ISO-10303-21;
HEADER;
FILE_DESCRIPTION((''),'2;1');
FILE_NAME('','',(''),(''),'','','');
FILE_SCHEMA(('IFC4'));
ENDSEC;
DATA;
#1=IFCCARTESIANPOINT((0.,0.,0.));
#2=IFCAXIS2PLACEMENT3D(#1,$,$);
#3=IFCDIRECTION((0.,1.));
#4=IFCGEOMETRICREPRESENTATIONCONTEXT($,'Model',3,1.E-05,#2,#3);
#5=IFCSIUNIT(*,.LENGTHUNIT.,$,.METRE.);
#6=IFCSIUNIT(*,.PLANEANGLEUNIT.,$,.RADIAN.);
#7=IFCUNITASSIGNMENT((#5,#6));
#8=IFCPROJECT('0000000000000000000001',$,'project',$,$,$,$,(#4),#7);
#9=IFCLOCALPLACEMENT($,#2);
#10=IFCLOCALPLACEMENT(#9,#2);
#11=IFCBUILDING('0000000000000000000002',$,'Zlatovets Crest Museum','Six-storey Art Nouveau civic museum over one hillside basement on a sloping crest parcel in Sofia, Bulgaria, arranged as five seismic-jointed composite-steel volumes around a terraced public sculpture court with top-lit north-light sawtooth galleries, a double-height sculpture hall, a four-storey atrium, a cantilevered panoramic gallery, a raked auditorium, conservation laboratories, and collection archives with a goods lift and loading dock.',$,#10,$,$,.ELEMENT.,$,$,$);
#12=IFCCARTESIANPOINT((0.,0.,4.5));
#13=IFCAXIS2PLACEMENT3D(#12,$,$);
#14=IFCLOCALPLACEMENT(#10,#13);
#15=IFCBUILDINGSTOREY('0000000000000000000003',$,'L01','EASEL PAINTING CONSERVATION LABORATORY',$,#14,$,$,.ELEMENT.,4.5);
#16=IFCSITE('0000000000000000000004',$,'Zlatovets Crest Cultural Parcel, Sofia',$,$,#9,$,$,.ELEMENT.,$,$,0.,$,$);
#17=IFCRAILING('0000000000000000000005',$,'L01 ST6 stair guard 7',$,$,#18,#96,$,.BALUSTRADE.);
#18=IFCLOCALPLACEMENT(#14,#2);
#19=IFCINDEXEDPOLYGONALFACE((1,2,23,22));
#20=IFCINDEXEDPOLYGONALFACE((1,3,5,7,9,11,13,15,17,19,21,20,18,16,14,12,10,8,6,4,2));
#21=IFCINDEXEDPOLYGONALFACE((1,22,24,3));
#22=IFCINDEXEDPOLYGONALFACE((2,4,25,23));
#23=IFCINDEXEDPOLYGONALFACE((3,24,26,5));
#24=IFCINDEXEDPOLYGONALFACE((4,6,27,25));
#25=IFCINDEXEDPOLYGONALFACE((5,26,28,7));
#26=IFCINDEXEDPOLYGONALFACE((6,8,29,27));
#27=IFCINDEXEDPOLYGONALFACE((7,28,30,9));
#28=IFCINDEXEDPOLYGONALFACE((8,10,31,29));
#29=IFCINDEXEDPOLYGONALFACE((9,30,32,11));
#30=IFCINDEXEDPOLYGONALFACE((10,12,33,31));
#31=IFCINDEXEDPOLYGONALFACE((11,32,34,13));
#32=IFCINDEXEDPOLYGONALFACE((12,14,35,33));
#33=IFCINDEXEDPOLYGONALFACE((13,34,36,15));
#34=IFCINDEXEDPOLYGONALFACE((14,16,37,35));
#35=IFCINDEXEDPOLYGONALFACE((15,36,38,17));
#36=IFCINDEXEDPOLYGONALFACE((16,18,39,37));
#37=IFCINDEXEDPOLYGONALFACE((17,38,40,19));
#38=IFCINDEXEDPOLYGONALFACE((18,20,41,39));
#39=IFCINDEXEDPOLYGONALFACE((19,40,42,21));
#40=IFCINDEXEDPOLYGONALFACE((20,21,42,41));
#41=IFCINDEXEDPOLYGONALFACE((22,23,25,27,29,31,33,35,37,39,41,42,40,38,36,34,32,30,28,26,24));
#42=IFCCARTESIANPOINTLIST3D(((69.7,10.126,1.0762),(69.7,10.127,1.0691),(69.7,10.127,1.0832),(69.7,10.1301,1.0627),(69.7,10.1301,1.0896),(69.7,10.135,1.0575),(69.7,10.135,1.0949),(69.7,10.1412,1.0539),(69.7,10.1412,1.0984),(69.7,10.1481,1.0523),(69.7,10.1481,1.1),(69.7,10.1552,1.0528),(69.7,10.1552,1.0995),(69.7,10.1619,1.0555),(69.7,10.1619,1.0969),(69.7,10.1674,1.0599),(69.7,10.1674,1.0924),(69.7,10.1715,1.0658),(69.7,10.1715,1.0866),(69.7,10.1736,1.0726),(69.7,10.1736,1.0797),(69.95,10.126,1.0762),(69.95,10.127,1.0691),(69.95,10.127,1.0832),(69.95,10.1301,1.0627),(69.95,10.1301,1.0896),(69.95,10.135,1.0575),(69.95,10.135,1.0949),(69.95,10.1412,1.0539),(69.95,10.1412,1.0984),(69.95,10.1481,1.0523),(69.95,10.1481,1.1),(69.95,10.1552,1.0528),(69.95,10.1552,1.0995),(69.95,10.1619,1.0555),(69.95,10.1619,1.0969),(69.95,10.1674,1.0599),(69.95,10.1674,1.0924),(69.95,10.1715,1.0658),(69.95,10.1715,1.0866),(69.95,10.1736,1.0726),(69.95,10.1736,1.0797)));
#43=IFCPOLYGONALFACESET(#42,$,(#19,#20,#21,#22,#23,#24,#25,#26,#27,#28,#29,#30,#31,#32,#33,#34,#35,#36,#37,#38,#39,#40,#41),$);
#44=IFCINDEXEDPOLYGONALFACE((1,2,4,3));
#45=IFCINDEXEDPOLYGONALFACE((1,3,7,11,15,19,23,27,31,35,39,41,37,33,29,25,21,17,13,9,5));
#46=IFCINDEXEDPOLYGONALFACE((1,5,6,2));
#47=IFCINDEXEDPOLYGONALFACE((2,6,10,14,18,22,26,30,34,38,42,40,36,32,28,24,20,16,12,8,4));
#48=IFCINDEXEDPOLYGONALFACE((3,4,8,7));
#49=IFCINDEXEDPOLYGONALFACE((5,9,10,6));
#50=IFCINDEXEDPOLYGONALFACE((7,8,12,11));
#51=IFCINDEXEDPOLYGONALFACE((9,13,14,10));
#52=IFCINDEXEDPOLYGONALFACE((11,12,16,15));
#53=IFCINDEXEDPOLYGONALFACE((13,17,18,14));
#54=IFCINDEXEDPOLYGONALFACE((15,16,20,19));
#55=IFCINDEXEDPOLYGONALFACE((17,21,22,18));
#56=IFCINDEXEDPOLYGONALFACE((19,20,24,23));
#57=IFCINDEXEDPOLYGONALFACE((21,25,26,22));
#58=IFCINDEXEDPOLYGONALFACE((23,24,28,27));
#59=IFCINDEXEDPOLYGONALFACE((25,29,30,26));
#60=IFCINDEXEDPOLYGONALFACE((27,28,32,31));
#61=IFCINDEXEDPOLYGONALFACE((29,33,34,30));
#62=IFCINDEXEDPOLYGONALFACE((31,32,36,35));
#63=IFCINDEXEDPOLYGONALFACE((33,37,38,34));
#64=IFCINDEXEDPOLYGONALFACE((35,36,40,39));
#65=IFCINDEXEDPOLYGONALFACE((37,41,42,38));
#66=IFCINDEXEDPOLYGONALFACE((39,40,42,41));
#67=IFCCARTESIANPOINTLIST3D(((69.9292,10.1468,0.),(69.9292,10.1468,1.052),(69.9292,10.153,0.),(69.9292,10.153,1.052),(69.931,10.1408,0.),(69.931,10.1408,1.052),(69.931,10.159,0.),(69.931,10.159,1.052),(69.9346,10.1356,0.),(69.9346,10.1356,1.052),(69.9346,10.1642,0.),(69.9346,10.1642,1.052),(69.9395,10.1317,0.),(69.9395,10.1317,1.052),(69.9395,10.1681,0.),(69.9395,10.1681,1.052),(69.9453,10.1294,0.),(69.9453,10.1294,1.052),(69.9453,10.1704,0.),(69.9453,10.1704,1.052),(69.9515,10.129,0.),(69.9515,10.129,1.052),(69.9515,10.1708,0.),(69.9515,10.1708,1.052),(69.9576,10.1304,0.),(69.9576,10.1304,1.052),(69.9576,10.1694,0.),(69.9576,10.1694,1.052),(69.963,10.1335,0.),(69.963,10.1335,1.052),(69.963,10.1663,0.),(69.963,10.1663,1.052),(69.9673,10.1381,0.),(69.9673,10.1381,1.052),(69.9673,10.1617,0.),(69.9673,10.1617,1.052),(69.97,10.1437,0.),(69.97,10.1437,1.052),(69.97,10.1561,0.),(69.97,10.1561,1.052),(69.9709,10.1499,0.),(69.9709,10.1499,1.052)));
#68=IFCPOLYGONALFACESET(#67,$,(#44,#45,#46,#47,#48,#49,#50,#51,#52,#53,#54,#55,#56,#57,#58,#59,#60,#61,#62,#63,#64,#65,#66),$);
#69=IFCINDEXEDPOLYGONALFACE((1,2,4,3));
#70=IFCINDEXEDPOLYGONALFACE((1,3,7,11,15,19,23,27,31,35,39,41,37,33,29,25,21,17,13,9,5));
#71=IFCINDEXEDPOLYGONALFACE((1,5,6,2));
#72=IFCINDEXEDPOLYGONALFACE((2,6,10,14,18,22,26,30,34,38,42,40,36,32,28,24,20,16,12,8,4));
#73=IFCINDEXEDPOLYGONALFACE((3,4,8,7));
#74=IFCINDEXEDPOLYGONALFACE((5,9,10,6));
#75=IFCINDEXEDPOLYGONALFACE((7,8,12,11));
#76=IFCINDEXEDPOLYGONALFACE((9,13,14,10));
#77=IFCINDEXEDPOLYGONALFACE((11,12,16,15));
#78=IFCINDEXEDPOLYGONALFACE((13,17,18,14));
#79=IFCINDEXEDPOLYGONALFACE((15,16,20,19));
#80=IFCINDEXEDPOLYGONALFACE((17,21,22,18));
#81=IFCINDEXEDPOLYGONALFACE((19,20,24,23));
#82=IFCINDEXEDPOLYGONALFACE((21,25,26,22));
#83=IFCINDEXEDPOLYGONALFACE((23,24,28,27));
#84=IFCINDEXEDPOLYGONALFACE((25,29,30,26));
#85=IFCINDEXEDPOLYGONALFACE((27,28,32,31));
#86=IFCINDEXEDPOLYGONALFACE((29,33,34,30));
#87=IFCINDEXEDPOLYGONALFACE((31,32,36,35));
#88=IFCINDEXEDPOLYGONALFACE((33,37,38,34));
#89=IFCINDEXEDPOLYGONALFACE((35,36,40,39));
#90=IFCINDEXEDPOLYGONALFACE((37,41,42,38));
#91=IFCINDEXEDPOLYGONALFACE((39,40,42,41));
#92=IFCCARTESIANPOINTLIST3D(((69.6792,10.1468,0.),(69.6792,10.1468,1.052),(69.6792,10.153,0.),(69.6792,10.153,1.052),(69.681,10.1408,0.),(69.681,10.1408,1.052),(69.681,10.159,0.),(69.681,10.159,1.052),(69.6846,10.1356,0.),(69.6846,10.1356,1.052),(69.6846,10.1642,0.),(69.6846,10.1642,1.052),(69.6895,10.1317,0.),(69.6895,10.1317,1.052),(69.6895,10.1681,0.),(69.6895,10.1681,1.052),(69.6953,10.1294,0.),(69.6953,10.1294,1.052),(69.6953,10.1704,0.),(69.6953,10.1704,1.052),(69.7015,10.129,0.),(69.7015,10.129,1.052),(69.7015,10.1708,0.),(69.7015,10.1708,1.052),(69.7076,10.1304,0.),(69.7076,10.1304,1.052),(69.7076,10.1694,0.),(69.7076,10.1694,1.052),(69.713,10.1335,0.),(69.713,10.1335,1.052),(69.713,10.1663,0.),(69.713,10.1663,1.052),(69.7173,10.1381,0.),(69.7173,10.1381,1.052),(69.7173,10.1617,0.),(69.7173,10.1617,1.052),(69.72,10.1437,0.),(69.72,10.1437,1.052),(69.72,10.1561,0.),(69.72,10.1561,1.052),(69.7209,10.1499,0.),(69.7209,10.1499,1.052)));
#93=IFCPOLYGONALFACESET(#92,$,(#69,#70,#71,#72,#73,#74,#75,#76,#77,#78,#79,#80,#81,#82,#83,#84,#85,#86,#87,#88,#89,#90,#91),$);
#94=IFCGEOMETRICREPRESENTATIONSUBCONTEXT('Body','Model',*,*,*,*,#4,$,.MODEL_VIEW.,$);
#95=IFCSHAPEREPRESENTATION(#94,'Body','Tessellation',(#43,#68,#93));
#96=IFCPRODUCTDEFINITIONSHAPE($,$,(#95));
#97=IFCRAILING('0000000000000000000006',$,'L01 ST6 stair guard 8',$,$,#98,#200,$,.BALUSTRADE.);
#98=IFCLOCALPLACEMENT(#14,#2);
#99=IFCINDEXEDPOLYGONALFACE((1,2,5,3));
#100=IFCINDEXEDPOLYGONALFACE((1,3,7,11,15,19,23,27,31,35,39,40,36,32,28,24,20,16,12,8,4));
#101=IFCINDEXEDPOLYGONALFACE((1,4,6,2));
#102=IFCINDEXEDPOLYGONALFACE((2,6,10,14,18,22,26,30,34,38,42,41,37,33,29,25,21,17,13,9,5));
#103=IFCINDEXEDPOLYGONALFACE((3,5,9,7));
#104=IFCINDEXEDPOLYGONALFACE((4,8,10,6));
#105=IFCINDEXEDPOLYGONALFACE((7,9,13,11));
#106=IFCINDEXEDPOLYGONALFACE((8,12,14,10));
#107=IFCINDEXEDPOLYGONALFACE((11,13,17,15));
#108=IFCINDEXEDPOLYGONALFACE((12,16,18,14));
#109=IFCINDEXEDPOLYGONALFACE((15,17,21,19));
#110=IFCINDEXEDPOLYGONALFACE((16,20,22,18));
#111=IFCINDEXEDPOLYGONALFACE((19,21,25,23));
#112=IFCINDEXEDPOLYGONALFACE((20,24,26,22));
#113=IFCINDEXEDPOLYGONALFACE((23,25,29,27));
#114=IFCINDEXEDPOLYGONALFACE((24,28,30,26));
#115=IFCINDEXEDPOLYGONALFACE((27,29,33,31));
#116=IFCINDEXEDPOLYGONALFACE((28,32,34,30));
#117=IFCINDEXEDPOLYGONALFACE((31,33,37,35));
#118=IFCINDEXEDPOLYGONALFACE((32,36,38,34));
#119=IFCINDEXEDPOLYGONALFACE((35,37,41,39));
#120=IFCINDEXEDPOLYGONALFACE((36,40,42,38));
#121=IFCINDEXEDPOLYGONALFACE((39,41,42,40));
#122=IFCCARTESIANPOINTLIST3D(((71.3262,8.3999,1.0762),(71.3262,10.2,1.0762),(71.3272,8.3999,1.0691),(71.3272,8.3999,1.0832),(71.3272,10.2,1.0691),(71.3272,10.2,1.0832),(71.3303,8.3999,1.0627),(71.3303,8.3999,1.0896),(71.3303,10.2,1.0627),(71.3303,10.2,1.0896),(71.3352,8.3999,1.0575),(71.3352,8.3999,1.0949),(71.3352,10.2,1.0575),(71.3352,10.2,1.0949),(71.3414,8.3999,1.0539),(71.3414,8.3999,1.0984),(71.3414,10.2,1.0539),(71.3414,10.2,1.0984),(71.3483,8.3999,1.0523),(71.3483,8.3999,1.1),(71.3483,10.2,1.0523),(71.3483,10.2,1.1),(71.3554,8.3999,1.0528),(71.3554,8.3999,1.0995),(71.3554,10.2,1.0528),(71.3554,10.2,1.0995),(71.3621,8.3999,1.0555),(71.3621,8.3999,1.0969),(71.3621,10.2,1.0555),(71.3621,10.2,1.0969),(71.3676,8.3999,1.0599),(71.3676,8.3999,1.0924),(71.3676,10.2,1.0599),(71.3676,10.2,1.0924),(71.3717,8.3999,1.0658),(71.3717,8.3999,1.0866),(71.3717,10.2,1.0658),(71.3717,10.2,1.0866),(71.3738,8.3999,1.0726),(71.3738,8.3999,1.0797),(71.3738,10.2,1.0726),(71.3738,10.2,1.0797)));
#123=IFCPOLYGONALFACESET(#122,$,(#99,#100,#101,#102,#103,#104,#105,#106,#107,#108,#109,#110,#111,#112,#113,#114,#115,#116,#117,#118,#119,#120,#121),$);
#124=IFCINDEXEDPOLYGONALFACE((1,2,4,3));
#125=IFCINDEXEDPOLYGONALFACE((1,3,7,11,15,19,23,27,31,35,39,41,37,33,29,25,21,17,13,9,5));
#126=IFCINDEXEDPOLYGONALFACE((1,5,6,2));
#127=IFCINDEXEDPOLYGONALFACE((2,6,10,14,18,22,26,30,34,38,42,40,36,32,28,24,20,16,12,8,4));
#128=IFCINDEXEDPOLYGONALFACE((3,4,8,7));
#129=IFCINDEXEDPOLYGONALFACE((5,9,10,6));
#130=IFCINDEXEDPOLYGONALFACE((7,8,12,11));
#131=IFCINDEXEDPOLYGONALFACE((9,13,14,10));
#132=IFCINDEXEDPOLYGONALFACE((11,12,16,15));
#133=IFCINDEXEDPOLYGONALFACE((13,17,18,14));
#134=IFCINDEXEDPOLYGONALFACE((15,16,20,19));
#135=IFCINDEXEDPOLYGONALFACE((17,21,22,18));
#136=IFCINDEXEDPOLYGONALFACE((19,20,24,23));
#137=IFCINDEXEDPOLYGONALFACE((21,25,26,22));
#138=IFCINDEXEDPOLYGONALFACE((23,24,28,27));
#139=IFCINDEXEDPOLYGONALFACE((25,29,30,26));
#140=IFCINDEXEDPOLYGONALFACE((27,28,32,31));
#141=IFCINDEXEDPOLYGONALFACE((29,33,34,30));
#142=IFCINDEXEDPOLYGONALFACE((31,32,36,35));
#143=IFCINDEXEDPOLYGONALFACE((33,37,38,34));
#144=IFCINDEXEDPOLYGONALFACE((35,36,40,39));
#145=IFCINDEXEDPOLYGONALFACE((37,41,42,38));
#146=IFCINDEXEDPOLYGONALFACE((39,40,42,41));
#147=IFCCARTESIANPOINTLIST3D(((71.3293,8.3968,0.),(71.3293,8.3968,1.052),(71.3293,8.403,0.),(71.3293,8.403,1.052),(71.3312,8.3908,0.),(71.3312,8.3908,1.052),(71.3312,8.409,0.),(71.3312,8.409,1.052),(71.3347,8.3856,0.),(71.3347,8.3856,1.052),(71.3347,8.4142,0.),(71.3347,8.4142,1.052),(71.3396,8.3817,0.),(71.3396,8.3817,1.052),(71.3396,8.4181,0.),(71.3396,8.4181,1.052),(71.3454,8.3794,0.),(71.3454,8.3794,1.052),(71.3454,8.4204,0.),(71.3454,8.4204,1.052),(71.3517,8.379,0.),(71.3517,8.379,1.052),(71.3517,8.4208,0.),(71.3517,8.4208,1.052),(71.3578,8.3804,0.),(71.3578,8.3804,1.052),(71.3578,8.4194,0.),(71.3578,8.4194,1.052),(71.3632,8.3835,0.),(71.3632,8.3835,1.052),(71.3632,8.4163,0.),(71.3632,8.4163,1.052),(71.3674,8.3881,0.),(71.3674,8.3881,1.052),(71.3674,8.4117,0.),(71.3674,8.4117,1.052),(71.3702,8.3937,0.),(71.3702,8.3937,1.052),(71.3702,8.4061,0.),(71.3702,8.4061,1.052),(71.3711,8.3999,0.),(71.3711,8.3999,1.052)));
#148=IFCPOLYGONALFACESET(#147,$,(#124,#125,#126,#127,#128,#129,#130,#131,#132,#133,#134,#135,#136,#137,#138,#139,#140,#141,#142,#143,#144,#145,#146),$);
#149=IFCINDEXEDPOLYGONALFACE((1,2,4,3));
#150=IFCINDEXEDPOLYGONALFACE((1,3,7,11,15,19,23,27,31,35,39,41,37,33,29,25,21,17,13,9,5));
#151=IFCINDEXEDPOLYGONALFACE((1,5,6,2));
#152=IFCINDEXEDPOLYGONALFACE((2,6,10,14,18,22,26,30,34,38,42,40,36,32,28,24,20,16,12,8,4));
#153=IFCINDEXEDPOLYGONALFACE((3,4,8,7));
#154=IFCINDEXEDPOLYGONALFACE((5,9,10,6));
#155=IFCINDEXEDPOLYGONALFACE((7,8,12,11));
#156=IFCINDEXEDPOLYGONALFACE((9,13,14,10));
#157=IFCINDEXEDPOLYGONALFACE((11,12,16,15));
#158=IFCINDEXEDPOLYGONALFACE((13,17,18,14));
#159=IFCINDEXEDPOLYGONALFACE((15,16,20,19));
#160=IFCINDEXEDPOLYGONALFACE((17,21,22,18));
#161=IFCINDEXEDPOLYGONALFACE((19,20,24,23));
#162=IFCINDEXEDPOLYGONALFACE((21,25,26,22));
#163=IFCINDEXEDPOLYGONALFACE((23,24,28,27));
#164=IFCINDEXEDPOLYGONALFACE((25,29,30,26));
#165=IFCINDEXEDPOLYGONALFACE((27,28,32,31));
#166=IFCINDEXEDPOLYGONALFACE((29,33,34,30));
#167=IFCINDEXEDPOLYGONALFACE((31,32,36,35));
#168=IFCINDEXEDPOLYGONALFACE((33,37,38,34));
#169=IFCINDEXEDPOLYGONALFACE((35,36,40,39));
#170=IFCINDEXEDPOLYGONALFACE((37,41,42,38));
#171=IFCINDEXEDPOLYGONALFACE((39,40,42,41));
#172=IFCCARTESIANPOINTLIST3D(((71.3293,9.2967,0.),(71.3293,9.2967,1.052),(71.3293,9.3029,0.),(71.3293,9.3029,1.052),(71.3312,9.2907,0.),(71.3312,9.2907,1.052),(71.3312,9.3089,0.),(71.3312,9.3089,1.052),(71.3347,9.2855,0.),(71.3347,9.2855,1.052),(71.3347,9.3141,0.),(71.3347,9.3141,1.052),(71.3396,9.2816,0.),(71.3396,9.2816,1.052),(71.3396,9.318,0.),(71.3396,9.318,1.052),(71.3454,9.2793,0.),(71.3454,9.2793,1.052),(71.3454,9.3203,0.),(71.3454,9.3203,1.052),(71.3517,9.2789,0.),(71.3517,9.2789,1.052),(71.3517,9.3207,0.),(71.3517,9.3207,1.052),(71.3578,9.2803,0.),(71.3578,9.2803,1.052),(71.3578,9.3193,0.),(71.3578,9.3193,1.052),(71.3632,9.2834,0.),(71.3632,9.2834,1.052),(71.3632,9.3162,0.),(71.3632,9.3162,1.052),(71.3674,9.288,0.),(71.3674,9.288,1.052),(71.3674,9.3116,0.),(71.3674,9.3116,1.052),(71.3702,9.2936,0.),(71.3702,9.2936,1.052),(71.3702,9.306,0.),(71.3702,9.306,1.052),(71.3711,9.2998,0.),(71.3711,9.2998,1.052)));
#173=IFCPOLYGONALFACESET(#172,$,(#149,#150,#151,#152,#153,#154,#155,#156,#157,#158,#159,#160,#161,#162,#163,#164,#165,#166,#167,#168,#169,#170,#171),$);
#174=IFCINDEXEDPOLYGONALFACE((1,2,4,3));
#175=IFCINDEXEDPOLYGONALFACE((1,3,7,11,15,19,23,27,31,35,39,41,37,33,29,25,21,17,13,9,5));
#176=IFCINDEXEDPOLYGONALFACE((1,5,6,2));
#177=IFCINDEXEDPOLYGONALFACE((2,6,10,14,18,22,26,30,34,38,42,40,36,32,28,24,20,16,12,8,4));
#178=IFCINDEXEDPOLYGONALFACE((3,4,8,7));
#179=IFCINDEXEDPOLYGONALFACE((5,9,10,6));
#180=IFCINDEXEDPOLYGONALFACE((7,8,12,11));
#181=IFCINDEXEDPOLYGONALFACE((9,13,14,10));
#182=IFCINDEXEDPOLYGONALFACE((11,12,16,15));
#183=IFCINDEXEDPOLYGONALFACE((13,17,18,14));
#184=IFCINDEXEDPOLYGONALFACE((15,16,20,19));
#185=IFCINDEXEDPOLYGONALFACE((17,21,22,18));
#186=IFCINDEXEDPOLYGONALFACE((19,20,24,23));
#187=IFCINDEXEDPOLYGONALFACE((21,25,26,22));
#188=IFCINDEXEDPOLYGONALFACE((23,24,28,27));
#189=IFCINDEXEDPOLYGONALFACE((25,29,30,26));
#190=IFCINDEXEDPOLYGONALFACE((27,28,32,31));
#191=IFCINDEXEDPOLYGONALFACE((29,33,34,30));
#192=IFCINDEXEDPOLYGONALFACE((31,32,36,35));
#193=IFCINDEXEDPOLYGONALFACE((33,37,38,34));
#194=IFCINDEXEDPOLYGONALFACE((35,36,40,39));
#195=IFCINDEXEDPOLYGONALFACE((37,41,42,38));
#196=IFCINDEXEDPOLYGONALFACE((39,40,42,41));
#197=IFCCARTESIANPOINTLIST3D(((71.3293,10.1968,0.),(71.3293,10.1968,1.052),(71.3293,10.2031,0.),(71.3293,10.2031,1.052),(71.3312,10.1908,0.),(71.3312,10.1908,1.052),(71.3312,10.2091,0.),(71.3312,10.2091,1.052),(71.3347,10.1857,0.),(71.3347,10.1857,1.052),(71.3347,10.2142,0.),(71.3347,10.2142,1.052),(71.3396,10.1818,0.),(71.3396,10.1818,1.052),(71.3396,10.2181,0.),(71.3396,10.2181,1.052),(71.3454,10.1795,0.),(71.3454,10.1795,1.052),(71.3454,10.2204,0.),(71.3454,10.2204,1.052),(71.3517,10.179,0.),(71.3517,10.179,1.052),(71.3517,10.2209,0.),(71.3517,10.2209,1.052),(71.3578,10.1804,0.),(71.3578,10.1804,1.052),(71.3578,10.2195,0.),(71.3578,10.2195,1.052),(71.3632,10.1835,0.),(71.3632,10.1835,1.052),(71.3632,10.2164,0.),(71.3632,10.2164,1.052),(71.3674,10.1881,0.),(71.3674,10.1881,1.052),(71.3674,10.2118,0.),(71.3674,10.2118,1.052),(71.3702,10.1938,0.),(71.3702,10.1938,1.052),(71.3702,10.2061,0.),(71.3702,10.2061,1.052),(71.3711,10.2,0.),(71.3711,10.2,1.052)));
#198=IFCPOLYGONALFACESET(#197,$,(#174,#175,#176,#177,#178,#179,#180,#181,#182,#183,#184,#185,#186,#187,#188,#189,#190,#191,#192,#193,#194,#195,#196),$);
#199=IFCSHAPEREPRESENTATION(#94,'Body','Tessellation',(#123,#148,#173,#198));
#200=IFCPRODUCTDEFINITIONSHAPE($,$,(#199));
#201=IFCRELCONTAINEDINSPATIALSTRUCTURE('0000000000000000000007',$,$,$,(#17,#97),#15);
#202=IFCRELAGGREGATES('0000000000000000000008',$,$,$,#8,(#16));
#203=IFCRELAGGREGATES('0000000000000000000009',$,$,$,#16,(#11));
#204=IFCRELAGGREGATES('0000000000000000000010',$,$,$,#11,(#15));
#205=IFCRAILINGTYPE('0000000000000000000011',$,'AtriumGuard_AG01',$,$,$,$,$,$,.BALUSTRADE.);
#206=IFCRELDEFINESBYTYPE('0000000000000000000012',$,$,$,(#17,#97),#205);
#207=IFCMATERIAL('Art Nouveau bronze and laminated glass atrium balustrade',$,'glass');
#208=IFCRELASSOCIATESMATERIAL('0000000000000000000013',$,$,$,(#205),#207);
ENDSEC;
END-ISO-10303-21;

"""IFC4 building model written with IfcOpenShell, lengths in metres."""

from ifc_helpers import new_model, si_unit, direction, frame, origin, origin_2d, place, context, subcontext, project, spatial, circle, extrude, material, type_object, element, save


model = new_model("IFC4")

# Units and contexts
model_context = context("Model", 3, precision=1e-05, world=origin(), true_north=direction((0.0, 1.0)))
body_context = subcontext(model_context, "Body", "Model", "MODEL_VIEW")
ifc_project = project(units=[si_unit("LENGTHUNIT", "METRE"), si_unit("PLANEANGLEUNIT", "RADIAN")], contexts=[model_context])

# Site, building, storey
site_placement = place(None, origin())
site = spatial("IfcSite", under=ifc_project, at=site_placement, Name="Zlatovets Crest Cultural Parcel, Sofia", CompositionType="ELEMENT", RefElevation=0.0)
building_placement = place(site_placement, origin())
building = spatial("IfcBuilding", under=site, at=building_placement, Name="Zlatovets Crest Museum", Description="Six-storey Art Nouveau civic museum over one hillside basement on a sloping crest parcel in Sofia, Bulgaria, arranged as five seismic-jointed composite-steel volumes around a terraced public sculpture court with top-lit north-light sawtooth galleries, a double-height sculpture hall, a four-storey atrium, a cantilevered panoramic gallery, a raked auditorium, conservation laboratories, and collection archives with a goods lift and loading dock.", CompositionType="ELEMENT")
storey_placement = place(building_placement, frame((0.0, 0.0, 4.5)))
storey = spatial("IfcBuildingStorey", under=building, at=storey_placement, Name="L01", Description="EASEL PAINTING CONSERVATION LABORATORY", CompositionType="ELEMENT", Elevation=4.5)

# Railings
ifc_material_1 = material(Name="Art Nouveau bronze and laminated glass atrium balustrade", Category="glass")
railing_type_1 = type_object("IfcRailingType", Name="AtriumGuard_AG01", PredefinedType="BALUSTRADE", material=ifc_material_1)
railing_1_placement = place(storey_placement, frame((69.95, 10.1499, 0.0)))
element("IfcRailing", 1, at=railing_1_placement, inside=storey, type_object=railing_type_1, Name="L01 ST6 stair guard 7", PredefinedType="BALUSTRADE", context=body_context, shape_type="SweptSolid", body=[
    extrude(circle(Radius=0.0239, at=origin_2d()), frame((0.0, 0.0, 1.0762), z_axis=(-1.0, 0.0, 0.0), x_axis=(0.0, -1.0, 0.0)), (0.0, 0.0, 1.0), 0.25),
    extrude(circle(Radius=0.021, at=origin_2d()), origin(), (0.0, 0.0, 1.0), 1.052),
    extrude(circle(Radius=0.021, at=origin_2d()), frame((-0.25, 0.0, 0.0)), (0.0, 0.0, 1.0), 1.052),
])
railing_2_placement = place(storey_placement, frame((71.3501, 8.3999, 0.0)))
element("IfcRailing", 2, at=railing_2_placement, inside=storey, type_object=railing_type_1, Name="L01 ST6 stair guard 8", PredefinedType="BALUSTRADE", context=body_context, shape_type="SweptSolid", body=[
    extrude(circle(Radius=0.0239, at=origin_2d()), frame((0.0, 0.0, 1.0762), z_axis=(0.0, 1.0, 0.0), x_axis=(-1.0, 0.0, 0.0)), (0.0, 0.0, 1.0), 1.8),
    extrude(circle(Radius=0.021, at=origin_2d()), origin(), (0.0, 0.0, 1.0), 1.052),
    extrude(circle(Radius=0.021, at=origin_2d()), frame((0.0, 0.8999, 0.0)), (0.0, 0.0, 1.0), 1.052),
    extrude(circle(Radius=0.021, at=origin_2d()), frame((0.0, 1.8, 0.0)), (0.0, 0.0, 1.0), 1.052),
])

save(model, "model.ifc")
